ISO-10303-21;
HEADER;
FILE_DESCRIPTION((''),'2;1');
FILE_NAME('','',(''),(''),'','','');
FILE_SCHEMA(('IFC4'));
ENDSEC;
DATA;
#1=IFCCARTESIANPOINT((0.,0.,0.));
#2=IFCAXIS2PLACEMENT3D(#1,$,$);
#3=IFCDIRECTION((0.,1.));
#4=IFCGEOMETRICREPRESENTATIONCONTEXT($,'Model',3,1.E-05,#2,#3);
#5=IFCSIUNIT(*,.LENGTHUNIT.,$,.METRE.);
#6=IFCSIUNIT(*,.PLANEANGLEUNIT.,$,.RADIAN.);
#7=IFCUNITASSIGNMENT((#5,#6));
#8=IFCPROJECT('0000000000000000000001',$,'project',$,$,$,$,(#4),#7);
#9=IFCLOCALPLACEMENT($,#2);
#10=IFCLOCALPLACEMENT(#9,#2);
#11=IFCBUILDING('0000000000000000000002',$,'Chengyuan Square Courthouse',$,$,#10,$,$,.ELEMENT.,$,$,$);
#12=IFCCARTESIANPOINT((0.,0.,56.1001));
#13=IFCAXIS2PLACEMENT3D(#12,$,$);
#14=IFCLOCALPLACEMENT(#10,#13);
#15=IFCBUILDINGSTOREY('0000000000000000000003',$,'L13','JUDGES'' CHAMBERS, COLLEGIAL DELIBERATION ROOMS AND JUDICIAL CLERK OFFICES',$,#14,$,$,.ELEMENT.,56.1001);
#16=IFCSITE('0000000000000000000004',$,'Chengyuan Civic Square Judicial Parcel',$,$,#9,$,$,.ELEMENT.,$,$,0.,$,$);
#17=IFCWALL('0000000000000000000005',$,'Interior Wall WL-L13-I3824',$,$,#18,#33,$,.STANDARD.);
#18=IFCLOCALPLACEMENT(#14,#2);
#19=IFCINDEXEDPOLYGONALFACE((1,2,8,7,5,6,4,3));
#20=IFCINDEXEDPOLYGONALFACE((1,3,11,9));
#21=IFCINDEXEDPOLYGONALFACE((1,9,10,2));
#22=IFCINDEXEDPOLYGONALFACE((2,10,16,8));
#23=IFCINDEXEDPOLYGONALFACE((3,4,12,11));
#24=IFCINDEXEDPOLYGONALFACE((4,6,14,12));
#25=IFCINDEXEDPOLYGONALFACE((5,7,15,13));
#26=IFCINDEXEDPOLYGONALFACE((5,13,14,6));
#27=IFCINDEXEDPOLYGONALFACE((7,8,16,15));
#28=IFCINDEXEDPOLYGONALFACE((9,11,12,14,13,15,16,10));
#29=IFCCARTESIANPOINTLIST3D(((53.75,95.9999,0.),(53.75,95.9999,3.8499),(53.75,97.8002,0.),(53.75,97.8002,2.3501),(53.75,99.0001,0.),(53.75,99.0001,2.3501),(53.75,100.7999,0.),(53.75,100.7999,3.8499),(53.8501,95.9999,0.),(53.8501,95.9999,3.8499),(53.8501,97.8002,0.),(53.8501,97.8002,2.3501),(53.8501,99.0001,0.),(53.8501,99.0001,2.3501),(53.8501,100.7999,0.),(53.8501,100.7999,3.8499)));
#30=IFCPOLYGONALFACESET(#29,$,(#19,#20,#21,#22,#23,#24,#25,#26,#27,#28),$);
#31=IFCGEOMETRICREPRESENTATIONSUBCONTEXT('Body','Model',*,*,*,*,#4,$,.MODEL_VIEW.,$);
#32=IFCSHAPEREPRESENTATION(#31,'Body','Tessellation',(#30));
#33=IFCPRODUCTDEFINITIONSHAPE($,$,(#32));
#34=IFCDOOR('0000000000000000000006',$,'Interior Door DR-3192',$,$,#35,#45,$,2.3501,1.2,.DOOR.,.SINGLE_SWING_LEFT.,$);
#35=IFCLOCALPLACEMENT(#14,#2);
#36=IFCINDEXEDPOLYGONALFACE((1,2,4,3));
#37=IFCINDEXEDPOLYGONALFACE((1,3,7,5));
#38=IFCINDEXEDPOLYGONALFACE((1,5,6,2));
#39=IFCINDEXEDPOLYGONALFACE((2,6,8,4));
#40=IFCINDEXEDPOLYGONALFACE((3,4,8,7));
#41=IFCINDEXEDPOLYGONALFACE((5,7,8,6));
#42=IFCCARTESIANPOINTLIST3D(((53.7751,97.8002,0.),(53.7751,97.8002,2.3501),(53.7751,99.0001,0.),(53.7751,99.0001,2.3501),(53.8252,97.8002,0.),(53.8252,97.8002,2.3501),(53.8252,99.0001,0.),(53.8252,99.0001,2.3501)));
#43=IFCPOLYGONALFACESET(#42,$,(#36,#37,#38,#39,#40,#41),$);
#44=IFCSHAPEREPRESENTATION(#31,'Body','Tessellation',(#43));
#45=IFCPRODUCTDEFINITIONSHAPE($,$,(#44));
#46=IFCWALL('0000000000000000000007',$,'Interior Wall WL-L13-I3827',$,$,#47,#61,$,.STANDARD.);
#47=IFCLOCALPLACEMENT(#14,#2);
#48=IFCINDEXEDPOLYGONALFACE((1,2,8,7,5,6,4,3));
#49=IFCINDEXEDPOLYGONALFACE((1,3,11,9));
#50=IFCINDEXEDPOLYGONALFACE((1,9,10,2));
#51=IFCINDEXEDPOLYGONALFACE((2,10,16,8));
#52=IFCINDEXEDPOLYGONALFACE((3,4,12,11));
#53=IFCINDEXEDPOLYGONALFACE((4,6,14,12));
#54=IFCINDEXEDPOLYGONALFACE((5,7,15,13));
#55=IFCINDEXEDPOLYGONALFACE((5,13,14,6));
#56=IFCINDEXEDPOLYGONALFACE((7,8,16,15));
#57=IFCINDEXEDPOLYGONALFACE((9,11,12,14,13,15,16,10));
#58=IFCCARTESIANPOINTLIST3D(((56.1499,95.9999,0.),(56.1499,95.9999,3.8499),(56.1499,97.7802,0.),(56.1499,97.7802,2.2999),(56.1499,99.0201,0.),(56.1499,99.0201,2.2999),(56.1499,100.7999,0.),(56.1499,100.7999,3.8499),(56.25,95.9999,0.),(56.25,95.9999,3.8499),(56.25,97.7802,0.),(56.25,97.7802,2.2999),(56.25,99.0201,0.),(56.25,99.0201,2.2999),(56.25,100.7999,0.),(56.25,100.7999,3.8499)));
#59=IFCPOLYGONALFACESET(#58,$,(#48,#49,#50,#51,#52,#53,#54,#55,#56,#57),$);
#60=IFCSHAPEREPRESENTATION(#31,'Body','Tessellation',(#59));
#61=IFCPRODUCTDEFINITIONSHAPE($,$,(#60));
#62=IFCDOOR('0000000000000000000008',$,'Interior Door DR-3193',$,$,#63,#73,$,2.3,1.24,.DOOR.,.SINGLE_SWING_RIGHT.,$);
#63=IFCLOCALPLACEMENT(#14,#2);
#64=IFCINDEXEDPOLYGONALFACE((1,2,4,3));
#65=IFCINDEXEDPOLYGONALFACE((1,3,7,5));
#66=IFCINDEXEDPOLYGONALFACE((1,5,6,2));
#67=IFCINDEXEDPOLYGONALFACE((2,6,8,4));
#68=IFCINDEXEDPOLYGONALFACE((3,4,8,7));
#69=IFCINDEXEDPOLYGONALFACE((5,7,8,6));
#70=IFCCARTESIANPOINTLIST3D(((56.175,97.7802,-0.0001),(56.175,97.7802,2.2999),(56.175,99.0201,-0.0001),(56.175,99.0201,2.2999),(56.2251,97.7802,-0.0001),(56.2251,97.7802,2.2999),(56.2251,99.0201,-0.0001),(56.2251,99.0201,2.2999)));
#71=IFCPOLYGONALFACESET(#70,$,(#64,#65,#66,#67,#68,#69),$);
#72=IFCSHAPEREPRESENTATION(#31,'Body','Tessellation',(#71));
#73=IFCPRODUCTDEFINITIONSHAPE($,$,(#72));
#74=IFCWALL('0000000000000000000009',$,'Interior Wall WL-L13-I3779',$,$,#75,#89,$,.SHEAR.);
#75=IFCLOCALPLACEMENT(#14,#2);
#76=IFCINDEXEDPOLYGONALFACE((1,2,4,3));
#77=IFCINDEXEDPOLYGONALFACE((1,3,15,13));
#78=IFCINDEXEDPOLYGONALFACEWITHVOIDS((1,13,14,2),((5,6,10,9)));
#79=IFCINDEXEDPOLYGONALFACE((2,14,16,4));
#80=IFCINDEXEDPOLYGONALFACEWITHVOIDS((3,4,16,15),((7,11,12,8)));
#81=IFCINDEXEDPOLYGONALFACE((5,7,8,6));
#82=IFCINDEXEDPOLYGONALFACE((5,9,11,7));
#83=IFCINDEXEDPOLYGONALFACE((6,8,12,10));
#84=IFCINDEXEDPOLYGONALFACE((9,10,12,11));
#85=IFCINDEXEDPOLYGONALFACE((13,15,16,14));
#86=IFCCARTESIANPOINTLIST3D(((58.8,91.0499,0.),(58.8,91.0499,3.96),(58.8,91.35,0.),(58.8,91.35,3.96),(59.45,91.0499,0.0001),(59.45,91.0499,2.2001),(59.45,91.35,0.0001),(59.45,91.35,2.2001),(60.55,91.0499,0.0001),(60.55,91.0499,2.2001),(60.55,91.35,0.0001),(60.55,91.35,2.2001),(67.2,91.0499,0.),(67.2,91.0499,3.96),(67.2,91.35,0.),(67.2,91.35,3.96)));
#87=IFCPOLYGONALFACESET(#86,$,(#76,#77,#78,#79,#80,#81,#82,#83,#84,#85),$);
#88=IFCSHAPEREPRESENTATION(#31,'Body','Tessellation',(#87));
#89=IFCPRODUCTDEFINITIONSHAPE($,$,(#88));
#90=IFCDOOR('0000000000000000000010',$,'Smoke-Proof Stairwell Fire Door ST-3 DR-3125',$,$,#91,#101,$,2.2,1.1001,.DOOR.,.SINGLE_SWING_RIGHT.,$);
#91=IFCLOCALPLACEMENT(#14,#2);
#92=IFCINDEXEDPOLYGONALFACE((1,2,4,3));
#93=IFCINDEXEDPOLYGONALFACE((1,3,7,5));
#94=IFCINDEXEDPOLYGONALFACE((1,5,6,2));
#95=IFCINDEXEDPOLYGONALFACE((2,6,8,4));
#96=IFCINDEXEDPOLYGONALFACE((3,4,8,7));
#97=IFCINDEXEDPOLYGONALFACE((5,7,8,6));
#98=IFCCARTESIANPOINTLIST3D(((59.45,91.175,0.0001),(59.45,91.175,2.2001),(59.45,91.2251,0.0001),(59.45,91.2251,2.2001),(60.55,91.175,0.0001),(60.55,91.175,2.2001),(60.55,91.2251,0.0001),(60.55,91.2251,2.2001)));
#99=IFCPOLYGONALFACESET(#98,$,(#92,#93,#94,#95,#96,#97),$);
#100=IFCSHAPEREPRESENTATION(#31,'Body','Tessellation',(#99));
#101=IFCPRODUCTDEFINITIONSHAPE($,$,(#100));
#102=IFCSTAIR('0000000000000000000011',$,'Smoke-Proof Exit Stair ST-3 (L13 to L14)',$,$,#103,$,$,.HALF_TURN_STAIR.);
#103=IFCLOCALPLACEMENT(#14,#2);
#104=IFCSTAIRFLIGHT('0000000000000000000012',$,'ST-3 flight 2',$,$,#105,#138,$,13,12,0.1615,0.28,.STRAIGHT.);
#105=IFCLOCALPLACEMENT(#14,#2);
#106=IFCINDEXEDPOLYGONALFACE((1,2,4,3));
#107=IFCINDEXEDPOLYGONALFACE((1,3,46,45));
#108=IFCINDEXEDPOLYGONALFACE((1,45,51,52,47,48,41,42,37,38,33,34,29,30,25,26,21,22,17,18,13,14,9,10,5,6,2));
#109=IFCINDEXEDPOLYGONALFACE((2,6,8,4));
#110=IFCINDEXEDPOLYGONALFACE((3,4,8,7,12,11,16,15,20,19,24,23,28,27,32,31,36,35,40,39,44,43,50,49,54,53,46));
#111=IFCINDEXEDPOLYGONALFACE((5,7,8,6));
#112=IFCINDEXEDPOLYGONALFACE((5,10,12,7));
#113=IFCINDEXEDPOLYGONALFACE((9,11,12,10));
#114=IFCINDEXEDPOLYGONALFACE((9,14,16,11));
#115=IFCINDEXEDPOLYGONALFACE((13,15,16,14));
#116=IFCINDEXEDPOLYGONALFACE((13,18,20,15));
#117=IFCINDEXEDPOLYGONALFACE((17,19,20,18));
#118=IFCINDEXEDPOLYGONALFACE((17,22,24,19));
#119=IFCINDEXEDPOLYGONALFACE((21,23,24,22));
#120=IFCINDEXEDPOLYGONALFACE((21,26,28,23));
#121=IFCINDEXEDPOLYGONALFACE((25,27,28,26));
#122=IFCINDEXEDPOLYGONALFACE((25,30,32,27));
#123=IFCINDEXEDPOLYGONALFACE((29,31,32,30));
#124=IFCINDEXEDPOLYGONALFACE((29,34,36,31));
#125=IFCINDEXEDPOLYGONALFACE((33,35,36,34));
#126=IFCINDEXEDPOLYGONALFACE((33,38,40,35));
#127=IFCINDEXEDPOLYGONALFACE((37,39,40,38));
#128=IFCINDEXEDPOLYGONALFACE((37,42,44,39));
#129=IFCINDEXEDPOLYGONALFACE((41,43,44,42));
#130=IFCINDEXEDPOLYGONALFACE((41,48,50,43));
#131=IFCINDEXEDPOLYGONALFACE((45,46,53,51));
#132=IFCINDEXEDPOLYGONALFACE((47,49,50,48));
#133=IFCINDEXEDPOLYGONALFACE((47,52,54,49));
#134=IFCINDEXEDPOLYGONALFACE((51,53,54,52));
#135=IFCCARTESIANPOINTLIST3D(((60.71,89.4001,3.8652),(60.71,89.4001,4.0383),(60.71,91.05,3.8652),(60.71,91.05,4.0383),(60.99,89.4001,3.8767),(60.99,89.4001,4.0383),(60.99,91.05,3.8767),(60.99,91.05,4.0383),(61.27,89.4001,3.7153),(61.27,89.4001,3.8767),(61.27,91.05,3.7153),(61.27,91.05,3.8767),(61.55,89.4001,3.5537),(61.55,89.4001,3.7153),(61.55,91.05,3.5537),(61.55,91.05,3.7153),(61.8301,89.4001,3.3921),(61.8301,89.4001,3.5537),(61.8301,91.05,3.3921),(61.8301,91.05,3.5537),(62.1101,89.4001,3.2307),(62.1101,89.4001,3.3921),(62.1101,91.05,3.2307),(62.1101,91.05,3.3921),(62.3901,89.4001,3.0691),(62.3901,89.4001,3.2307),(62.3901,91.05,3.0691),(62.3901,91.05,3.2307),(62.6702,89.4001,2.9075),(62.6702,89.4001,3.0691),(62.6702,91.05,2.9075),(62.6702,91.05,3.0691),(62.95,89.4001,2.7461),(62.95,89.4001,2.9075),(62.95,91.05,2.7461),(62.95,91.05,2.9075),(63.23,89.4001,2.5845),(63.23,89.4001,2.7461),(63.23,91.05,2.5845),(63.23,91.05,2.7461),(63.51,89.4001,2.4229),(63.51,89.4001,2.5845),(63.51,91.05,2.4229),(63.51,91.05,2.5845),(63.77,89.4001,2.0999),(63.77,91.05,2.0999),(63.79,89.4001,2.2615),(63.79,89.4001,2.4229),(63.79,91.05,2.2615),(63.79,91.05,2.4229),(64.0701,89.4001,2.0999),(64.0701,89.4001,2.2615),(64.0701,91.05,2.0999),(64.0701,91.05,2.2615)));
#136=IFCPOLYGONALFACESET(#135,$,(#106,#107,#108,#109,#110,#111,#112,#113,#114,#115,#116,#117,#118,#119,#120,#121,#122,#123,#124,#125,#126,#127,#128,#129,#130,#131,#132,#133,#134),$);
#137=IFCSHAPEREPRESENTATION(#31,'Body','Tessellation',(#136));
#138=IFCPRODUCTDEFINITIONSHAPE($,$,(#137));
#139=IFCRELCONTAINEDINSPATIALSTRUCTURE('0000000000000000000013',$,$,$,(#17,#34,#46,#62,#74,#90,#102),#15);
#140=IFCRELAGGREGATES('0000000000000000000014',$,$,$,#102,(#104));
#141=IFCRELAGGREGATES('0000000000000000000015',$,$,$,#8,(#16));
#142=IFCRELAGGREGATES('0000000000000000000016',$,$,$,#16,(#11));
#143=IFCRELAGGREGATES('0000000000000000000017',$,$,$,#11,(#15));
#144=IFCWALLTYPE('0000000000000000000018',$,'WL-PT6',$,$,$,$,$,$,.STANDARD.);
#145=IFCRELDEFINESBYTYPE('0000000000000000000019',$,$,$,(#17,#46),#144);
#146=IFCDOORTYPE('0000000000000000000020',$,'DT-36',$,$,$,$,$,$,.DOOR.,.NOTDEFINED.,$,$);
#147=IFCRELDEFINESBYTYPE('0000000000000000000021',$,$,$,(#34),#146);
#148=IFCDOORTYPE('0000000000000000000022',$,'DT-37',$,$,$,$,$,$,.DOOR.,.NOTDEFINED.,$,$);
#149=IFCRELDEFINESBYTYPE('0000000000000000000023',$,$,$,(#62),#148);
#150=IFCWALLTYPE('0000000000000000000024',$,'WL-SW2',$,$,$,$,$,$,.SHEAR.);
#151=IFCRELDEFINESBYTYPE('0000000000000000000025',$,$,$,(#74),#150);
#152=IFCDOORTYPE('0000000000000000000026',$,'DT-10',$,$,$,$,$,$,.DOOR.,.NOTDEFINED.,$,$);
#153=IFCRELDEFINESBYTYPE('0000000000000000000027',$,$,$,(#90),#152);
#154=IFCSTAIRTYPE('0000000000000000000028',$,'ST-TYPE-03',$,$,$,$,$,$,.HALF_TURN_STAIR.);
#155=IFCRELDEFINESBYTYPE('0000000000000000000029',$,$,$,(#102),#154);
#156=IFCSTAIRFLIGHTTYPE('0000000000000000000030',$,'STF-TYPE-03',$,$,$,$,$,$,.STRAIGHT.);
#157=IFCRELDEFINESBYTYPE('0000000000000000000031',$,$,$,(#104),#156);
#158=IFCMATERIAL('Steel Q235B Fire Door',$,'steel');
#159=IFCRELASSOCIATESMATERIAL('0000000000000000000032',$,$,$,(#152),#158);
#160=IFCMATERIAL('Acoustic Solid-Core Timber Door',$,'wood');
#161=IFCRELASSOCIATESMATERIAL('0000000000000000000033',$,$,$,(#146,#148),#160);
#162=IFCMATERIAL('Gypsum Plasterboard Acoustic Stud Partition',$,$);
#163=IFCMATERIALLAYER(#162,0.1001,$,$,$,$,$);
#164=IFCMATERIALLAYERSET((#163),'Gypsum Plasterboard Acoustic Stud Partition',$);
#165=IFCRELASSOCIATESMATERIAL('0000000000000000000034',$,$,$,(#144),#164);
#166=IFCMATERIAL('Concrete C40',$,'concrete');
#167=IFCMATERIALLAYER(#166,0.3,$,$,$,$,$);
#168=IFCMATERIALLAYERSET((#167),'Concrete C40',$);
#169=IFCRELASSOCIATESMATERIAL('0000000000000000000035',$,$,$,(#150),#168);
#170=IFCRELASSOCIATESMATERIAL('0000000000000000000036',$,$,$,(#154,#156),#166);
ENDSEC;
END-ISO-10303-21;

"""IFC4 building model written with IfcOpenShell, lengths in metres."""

from ifc_helpers import new_model, si_unit, direction, frame, frame_2d, origin, place, context, subcontext, project, spatial, polyline, rectangle, outline, extrude, material, layer, layer_set, type_object, element, fill, aggregate, save


model = new_model("IFC4")

# Units and contexts
model_context = context("Model", 3, precision=1e-05, world=origin(), true_north=direction((0.0, 1.0)))
body_context = subcontext(model_context, "Body", "Model", "MODEL_VIEW")
ifc_project = project(units=[si_unit("LENGTHUNIT", "METRE"), si_unit("PLANEANGLEUNIT", "RADIAN")], contexts=[model_context])

# Site, building, storey
site_placement = place(None, origin())
site = spatial("IfcSite", under=ifc_project, at=site_placement, Name="Chengyuan Civic Square Judicial Parcel", CompositionType="ELEMENT", RefElevation=0.0)
building_placement = place(site_placement, origin())
building = spatial("IfcBuilding", under=site, at=building_placement, Name="Chengyuan Square Courthouse", CompositionType="ELEMENT")
storey_placement = place(building_placement, frame((0.0, 0.0, 56.1001)))
storey = spatial("IfcBuildingStorey", under=building, at=storey_placement, Name="L13", Description="JUDGES' CHAMBERS, COLLEGIAL DELIBERATION ROOMS AND JUDICIAL CLERK OFFICES", CompositionType="ELEMENT", Elevation=56.1001)

# Shared definitions
ifc_material_1 = material(Name="Concrete C40", Category="concrete")

# Shared definitions
ifc_material_2 = material(Name="Steel Q235B Fire Door", Category="steel")
door_type_1 = type_object("IfcDoorType", Name="DT-10", OperationType="NOTDEFINED", PredefinedType="DOOR", material=ifc_material_2)
ifc_material_3 = material(Name="Acoustic Solid-Core Timber Door", Category="wood")
door_type_2 = type_object("IfcDoorType", Name="DT-36", OperationType="NOTDEFINED", PredefinedType="DOOR", material=ifc_material_3)

# Shared definitions
ifc_material_4 = material(Name="Gypsum Plasterboard Acoustic Stud Partition")
ifc_layer_1 = layer(ifc_material_4, 0.1001)
ifc_layer_set_1 = layer_set([ifc_layer_1], Name="Gypsum Plasterboard Acoustic Stud Partition")
wall_type_1 = type_object("IfcWallType", Name="WL-PT6", PredefinedType="STANDARD", material=ifc_layer_set_1)

# Walls, openings, doors
wall_1_placement = place(storey_placement, frame((53.8, 96.0, 0.0), z_axis=(0.0, 0.0, 1.0), x_axis=(0.0, 1.0, 0.0)))
wall_1 = element("IfcWall", 1, at=wall_1_placement, inside=storey, type_object=wall_type_1, Name="Interior Wall WL-L13-I3824", PredefinedType="STANDARD", context=body_context, shape_type="SweptSolid", body=[
    extrude(rectangle(XDim=4.8, YDim=0.1001, at=frame_2d((2.3999, 0.0))), origin(), (0.0, 0.0, 1.0), 3.8499),
])
opening_1_placement = place(wall_1_placement, frame((1.8, 0.0, 0.0)))
opening_1 = element("IfcOpeningElement", 2, at=opening_1_placement, cuts=wall_1, PredefinedType="OPENING", context=body_context, shape_type="SweptSolid", body=[
    extrude(rectangle(XDim=1.2, YDim=2.3501, at=frame_2d((0.6001, 1.175))), frame((0.0, 0.062, 0.0), z_axis=(0.0, -1.0, 0.0), x_axis=(1.0, 0.0, 0.0)), (0.0, 0.0, 1.0), 0.124),
])
door_1_placement = place(opening_1_placement, origin())
door_1 = element("IfcDoor", 3, at=door_1_placement, inside=storey, type_object=door_type_2, Name="Interior Door DR-3192", OperationType="SINGLE_SWING_LEFT", OverallHeight=2.3501, OverallWidth=1.2, PredefinedType="DOOR", context=body_context, shape_type="SweptSolid", body=[
    extrude(rectangle(XDim=1.2, YDim=2.3501, at=frame_2d((0.6001, 1.175))), frame((0.0, 0.0249, 0.0), z_axis=(0.0, -1.0, 0.0), x_axis=(1.0, 0.0, 0.0)), (0.0, 0.0, 1.0), 0.05),
])
fill(opening_1, door_1)
wall_2_placement = place(storey_placement, frame((56.2, 96.0, 0.0), z_axis=(0.0, 0.0, 1.0), x_axis=(0.0, 1.0, 0.0)))
wall_2 = element("IfcWall", 4, at=wall_2_placement, inside=storey, type_object=wall_type_1, Name="Interior Wall WL-L13-I3827", PredefinedType="STANDARD", context=body_context, shape_type="SweptSolid", body=[
    extrude(rectangle(XDim=4.8, YDim=0.1001, at=frame_2d((2.3999, 0.0))), origin(), (0.0, 0.0, 1.0), 3.8499),
])
opening_2_placement = place(wall_2_placement, frame((1.78, 0.0, 0.0)))
opening_2 = element("IfcOpeningElement", 5, at=opening_2_placement, cuts=wall_2, PredefinedType="OPENING", context=body_context, shape_type="SweptSolid", body=[
    extrude(rectangle(XDim=1.24, YDim=2.3, at=frame_2d((0.6201, 1.1499))), frame((0.0, 0.062, 0.0), z_axis=(0.0, -1.0, 0.0), x_axis=(1.0, 0.0, 0.0)), (0.0, 0.0, 1.0), 0.124),
])
door_type_3 = type_object("IfcDoorType", Name="DT-37", OperationType="NOTDEFINED", PredefinedType="DOOR", material=ifc_material_3)
door_2_placement = place(opening_2_placement, origin())
door_2 = element("IfcDoor", 6, at=door_2_placement, inside=storey, type_object=door_type_3, Name="Interior Door DR-3193", OperationType="SINGLE_SWING_RIGHT", OverallHeight=2.3, OverallWidth=1.24, PredefinedType="DOOR", context=body_context, shape_type="SweptSolid", body=[
    extrude(rectangle(XDim=1.24, YDim=2.3, at=frame_2d((0.6201, 1.1499))), frame((0.0, 0.0249, 0.0), z_axis=(0.0, -1.0, 0.0), x_axis=(1.0, 0.0, 0.0)), (0.0, 0.0, 1.0), 0.05),
])
fill(opening_2, door_2)
ifc_layer_2 = layer(ifc_material_1, 0.3)
ifc_layer_set_2 = layer_set([ifc_layer_2], Name="Concrete C40")
wall_type_2 = type_object("IfcWallType", Name="WL-SW2", PredefinedType="SHEAR", material=ifc_layer_set_2)
wall_3_placement = place(storey_placement, frame((58.8, 91.2, 0.0), z_axis=(0.0, 0.0, 1.0), x_axis=(1.0, 0.0, 0.0)))
wall_3 = element("IfcWall", 7, at=wall_3_placement, inside=storey, type_object=wall_type_2, Name="Interior Wall WL-L13-I3779", PredefinedType="SHEAR", context=body_context, shape_type="SweptSolid", body=[
    extrude(rectangle(XDim=8.3999, YDim=0.3, at=frame_2d((4.2, 0.0))), origin(), (0.0, 0.0, 1.0), 3.96),
])
opening_3_placement = place(wall_3_placement, frame((0.6499, 0.0, 0.0)))
opening_3 = element("IfcOpeningElement", 8, at=opening_3_placement, cuts=wall_3, PredefinedType="OPENING", context=body_context, shape_type="SweptSolid", body=[
    extrude(rectangle(XDim=1.1001, YDim=2.2, at=frame_2d((0.55, 1.1001))), frame((0.0, 0.1621, 0.0), z_axis=(0.0, -1.0, 0.0), x_axis=(1.0, 0.0, 0.0)), (0.0, 0.0, 1.0), 0.324),
])
door_3_placement = place(opening_3_placement, frame((1.1001, 0.0, 0.0), z_axis=(0.0, 0.0, 1.0), x_axis=(-1.0, 0.0, 0.0)))
door_3 = element("IfcDoor", 9, at=door_3_placement, inside=storey, type_object=door_type_1, Name="Smoke-Proof Stairwell Fire Door ST-3 DR-3125", OperationType="SINGLE_SWING_RIGHT", OverallHeight=2.2, OverallWidth=1.1001, PredefinedType="DOOR", context=body_context, shape_type="SweptSolid", body=[
    extrude(rectangle(XDim=1.1001, YDim=2.2, at=frame_2d((0.55, 1.1001))), frame((0.0, 0.0249, 0.0), z_axis=(0.0, -1.0, 0.0), x_axis=(1.0, 0.0, 0.0)), (0.0, 0.0, 1.0), 0.05),
])
fill(opening_3, door_3)

# Stair, stair flight
stair_type = type_object("IfcStairType", Name="ST-TYPE-03", PredefinedType="HALF_TURN_STAIR", material=ifc_material_1)
stair_placement = place(storey_placement, origin())
stair = element("IfcStair", 10, at=stair_placement, inside=storey, type_object=stair_type, Name="Smoke-Proof Exit Stair ST-3 (L13 to L14)", PredefinedType="HALF_TURN_STAIR")
stair_flight_type = type_object("IfcStairFlightType", Name="STF-TYPE-03", PredefinedType="STRAIGHT", material=ifc_material_1)
stair_flight_placement = place(storey_placement, frame((64.0701, 90.2251, 2.0999), z_axis=(0.0, 0.0, 1.0), x_axis=(-1.0, 0.0, 0.0)))
stair_flight = element("IfcStairFlight", 11, at=stair_flight_placement, type_object=stair_flight_type, Name="ST-3 flight 2", NumberOfRisers=13, NumberOfTreads=12, PredefinedType="STRAIGHT", RiserHeight=0.1615, TreadLength=0.28, context=body_context, shape_type="SweptSolid", body=[
    extrude(outline(polyline([(0.0, 0.0), (0.0, 0.1616), (0.28, 0.1616), (0.28, 0.323), (0.5601, 0.323), (0.5601, 0.4846), (0.8401, 0.4846), (0.8401, 0.6462), (1.1201, 0.6462), (1.1201, 0.8076), (1.3999, 0.8076), (1.3999, 0.9692), (1.6799, 0.9692), (1.6799, 1.1309), (1.96, 1.1309), (1.96, 1.2922), (2.24, 1.2922), (2.24, 1.4539), (2.52, 1.4539), (2.52, 1.6155), (2.8, 1.6155), (2.8, 1.7769), (3.0801, 1.7769), (3.0801, 1.9385), (3.3601, 1.9385), (3.3601, 2.1001), (3.3601, 1.7654), (0.3, 0.0), (0.0, 0.0)])), frame((0.0, 0.825, 0.0), z_axis=(0.0, -1.0, 0.0), x_axis=(1.0, 0.0, 0.0)), (0.0, 0.0, 1.0), 1.6499),
])
aggregate(stair, [stair_flight])

save(model, "model.ifc")
